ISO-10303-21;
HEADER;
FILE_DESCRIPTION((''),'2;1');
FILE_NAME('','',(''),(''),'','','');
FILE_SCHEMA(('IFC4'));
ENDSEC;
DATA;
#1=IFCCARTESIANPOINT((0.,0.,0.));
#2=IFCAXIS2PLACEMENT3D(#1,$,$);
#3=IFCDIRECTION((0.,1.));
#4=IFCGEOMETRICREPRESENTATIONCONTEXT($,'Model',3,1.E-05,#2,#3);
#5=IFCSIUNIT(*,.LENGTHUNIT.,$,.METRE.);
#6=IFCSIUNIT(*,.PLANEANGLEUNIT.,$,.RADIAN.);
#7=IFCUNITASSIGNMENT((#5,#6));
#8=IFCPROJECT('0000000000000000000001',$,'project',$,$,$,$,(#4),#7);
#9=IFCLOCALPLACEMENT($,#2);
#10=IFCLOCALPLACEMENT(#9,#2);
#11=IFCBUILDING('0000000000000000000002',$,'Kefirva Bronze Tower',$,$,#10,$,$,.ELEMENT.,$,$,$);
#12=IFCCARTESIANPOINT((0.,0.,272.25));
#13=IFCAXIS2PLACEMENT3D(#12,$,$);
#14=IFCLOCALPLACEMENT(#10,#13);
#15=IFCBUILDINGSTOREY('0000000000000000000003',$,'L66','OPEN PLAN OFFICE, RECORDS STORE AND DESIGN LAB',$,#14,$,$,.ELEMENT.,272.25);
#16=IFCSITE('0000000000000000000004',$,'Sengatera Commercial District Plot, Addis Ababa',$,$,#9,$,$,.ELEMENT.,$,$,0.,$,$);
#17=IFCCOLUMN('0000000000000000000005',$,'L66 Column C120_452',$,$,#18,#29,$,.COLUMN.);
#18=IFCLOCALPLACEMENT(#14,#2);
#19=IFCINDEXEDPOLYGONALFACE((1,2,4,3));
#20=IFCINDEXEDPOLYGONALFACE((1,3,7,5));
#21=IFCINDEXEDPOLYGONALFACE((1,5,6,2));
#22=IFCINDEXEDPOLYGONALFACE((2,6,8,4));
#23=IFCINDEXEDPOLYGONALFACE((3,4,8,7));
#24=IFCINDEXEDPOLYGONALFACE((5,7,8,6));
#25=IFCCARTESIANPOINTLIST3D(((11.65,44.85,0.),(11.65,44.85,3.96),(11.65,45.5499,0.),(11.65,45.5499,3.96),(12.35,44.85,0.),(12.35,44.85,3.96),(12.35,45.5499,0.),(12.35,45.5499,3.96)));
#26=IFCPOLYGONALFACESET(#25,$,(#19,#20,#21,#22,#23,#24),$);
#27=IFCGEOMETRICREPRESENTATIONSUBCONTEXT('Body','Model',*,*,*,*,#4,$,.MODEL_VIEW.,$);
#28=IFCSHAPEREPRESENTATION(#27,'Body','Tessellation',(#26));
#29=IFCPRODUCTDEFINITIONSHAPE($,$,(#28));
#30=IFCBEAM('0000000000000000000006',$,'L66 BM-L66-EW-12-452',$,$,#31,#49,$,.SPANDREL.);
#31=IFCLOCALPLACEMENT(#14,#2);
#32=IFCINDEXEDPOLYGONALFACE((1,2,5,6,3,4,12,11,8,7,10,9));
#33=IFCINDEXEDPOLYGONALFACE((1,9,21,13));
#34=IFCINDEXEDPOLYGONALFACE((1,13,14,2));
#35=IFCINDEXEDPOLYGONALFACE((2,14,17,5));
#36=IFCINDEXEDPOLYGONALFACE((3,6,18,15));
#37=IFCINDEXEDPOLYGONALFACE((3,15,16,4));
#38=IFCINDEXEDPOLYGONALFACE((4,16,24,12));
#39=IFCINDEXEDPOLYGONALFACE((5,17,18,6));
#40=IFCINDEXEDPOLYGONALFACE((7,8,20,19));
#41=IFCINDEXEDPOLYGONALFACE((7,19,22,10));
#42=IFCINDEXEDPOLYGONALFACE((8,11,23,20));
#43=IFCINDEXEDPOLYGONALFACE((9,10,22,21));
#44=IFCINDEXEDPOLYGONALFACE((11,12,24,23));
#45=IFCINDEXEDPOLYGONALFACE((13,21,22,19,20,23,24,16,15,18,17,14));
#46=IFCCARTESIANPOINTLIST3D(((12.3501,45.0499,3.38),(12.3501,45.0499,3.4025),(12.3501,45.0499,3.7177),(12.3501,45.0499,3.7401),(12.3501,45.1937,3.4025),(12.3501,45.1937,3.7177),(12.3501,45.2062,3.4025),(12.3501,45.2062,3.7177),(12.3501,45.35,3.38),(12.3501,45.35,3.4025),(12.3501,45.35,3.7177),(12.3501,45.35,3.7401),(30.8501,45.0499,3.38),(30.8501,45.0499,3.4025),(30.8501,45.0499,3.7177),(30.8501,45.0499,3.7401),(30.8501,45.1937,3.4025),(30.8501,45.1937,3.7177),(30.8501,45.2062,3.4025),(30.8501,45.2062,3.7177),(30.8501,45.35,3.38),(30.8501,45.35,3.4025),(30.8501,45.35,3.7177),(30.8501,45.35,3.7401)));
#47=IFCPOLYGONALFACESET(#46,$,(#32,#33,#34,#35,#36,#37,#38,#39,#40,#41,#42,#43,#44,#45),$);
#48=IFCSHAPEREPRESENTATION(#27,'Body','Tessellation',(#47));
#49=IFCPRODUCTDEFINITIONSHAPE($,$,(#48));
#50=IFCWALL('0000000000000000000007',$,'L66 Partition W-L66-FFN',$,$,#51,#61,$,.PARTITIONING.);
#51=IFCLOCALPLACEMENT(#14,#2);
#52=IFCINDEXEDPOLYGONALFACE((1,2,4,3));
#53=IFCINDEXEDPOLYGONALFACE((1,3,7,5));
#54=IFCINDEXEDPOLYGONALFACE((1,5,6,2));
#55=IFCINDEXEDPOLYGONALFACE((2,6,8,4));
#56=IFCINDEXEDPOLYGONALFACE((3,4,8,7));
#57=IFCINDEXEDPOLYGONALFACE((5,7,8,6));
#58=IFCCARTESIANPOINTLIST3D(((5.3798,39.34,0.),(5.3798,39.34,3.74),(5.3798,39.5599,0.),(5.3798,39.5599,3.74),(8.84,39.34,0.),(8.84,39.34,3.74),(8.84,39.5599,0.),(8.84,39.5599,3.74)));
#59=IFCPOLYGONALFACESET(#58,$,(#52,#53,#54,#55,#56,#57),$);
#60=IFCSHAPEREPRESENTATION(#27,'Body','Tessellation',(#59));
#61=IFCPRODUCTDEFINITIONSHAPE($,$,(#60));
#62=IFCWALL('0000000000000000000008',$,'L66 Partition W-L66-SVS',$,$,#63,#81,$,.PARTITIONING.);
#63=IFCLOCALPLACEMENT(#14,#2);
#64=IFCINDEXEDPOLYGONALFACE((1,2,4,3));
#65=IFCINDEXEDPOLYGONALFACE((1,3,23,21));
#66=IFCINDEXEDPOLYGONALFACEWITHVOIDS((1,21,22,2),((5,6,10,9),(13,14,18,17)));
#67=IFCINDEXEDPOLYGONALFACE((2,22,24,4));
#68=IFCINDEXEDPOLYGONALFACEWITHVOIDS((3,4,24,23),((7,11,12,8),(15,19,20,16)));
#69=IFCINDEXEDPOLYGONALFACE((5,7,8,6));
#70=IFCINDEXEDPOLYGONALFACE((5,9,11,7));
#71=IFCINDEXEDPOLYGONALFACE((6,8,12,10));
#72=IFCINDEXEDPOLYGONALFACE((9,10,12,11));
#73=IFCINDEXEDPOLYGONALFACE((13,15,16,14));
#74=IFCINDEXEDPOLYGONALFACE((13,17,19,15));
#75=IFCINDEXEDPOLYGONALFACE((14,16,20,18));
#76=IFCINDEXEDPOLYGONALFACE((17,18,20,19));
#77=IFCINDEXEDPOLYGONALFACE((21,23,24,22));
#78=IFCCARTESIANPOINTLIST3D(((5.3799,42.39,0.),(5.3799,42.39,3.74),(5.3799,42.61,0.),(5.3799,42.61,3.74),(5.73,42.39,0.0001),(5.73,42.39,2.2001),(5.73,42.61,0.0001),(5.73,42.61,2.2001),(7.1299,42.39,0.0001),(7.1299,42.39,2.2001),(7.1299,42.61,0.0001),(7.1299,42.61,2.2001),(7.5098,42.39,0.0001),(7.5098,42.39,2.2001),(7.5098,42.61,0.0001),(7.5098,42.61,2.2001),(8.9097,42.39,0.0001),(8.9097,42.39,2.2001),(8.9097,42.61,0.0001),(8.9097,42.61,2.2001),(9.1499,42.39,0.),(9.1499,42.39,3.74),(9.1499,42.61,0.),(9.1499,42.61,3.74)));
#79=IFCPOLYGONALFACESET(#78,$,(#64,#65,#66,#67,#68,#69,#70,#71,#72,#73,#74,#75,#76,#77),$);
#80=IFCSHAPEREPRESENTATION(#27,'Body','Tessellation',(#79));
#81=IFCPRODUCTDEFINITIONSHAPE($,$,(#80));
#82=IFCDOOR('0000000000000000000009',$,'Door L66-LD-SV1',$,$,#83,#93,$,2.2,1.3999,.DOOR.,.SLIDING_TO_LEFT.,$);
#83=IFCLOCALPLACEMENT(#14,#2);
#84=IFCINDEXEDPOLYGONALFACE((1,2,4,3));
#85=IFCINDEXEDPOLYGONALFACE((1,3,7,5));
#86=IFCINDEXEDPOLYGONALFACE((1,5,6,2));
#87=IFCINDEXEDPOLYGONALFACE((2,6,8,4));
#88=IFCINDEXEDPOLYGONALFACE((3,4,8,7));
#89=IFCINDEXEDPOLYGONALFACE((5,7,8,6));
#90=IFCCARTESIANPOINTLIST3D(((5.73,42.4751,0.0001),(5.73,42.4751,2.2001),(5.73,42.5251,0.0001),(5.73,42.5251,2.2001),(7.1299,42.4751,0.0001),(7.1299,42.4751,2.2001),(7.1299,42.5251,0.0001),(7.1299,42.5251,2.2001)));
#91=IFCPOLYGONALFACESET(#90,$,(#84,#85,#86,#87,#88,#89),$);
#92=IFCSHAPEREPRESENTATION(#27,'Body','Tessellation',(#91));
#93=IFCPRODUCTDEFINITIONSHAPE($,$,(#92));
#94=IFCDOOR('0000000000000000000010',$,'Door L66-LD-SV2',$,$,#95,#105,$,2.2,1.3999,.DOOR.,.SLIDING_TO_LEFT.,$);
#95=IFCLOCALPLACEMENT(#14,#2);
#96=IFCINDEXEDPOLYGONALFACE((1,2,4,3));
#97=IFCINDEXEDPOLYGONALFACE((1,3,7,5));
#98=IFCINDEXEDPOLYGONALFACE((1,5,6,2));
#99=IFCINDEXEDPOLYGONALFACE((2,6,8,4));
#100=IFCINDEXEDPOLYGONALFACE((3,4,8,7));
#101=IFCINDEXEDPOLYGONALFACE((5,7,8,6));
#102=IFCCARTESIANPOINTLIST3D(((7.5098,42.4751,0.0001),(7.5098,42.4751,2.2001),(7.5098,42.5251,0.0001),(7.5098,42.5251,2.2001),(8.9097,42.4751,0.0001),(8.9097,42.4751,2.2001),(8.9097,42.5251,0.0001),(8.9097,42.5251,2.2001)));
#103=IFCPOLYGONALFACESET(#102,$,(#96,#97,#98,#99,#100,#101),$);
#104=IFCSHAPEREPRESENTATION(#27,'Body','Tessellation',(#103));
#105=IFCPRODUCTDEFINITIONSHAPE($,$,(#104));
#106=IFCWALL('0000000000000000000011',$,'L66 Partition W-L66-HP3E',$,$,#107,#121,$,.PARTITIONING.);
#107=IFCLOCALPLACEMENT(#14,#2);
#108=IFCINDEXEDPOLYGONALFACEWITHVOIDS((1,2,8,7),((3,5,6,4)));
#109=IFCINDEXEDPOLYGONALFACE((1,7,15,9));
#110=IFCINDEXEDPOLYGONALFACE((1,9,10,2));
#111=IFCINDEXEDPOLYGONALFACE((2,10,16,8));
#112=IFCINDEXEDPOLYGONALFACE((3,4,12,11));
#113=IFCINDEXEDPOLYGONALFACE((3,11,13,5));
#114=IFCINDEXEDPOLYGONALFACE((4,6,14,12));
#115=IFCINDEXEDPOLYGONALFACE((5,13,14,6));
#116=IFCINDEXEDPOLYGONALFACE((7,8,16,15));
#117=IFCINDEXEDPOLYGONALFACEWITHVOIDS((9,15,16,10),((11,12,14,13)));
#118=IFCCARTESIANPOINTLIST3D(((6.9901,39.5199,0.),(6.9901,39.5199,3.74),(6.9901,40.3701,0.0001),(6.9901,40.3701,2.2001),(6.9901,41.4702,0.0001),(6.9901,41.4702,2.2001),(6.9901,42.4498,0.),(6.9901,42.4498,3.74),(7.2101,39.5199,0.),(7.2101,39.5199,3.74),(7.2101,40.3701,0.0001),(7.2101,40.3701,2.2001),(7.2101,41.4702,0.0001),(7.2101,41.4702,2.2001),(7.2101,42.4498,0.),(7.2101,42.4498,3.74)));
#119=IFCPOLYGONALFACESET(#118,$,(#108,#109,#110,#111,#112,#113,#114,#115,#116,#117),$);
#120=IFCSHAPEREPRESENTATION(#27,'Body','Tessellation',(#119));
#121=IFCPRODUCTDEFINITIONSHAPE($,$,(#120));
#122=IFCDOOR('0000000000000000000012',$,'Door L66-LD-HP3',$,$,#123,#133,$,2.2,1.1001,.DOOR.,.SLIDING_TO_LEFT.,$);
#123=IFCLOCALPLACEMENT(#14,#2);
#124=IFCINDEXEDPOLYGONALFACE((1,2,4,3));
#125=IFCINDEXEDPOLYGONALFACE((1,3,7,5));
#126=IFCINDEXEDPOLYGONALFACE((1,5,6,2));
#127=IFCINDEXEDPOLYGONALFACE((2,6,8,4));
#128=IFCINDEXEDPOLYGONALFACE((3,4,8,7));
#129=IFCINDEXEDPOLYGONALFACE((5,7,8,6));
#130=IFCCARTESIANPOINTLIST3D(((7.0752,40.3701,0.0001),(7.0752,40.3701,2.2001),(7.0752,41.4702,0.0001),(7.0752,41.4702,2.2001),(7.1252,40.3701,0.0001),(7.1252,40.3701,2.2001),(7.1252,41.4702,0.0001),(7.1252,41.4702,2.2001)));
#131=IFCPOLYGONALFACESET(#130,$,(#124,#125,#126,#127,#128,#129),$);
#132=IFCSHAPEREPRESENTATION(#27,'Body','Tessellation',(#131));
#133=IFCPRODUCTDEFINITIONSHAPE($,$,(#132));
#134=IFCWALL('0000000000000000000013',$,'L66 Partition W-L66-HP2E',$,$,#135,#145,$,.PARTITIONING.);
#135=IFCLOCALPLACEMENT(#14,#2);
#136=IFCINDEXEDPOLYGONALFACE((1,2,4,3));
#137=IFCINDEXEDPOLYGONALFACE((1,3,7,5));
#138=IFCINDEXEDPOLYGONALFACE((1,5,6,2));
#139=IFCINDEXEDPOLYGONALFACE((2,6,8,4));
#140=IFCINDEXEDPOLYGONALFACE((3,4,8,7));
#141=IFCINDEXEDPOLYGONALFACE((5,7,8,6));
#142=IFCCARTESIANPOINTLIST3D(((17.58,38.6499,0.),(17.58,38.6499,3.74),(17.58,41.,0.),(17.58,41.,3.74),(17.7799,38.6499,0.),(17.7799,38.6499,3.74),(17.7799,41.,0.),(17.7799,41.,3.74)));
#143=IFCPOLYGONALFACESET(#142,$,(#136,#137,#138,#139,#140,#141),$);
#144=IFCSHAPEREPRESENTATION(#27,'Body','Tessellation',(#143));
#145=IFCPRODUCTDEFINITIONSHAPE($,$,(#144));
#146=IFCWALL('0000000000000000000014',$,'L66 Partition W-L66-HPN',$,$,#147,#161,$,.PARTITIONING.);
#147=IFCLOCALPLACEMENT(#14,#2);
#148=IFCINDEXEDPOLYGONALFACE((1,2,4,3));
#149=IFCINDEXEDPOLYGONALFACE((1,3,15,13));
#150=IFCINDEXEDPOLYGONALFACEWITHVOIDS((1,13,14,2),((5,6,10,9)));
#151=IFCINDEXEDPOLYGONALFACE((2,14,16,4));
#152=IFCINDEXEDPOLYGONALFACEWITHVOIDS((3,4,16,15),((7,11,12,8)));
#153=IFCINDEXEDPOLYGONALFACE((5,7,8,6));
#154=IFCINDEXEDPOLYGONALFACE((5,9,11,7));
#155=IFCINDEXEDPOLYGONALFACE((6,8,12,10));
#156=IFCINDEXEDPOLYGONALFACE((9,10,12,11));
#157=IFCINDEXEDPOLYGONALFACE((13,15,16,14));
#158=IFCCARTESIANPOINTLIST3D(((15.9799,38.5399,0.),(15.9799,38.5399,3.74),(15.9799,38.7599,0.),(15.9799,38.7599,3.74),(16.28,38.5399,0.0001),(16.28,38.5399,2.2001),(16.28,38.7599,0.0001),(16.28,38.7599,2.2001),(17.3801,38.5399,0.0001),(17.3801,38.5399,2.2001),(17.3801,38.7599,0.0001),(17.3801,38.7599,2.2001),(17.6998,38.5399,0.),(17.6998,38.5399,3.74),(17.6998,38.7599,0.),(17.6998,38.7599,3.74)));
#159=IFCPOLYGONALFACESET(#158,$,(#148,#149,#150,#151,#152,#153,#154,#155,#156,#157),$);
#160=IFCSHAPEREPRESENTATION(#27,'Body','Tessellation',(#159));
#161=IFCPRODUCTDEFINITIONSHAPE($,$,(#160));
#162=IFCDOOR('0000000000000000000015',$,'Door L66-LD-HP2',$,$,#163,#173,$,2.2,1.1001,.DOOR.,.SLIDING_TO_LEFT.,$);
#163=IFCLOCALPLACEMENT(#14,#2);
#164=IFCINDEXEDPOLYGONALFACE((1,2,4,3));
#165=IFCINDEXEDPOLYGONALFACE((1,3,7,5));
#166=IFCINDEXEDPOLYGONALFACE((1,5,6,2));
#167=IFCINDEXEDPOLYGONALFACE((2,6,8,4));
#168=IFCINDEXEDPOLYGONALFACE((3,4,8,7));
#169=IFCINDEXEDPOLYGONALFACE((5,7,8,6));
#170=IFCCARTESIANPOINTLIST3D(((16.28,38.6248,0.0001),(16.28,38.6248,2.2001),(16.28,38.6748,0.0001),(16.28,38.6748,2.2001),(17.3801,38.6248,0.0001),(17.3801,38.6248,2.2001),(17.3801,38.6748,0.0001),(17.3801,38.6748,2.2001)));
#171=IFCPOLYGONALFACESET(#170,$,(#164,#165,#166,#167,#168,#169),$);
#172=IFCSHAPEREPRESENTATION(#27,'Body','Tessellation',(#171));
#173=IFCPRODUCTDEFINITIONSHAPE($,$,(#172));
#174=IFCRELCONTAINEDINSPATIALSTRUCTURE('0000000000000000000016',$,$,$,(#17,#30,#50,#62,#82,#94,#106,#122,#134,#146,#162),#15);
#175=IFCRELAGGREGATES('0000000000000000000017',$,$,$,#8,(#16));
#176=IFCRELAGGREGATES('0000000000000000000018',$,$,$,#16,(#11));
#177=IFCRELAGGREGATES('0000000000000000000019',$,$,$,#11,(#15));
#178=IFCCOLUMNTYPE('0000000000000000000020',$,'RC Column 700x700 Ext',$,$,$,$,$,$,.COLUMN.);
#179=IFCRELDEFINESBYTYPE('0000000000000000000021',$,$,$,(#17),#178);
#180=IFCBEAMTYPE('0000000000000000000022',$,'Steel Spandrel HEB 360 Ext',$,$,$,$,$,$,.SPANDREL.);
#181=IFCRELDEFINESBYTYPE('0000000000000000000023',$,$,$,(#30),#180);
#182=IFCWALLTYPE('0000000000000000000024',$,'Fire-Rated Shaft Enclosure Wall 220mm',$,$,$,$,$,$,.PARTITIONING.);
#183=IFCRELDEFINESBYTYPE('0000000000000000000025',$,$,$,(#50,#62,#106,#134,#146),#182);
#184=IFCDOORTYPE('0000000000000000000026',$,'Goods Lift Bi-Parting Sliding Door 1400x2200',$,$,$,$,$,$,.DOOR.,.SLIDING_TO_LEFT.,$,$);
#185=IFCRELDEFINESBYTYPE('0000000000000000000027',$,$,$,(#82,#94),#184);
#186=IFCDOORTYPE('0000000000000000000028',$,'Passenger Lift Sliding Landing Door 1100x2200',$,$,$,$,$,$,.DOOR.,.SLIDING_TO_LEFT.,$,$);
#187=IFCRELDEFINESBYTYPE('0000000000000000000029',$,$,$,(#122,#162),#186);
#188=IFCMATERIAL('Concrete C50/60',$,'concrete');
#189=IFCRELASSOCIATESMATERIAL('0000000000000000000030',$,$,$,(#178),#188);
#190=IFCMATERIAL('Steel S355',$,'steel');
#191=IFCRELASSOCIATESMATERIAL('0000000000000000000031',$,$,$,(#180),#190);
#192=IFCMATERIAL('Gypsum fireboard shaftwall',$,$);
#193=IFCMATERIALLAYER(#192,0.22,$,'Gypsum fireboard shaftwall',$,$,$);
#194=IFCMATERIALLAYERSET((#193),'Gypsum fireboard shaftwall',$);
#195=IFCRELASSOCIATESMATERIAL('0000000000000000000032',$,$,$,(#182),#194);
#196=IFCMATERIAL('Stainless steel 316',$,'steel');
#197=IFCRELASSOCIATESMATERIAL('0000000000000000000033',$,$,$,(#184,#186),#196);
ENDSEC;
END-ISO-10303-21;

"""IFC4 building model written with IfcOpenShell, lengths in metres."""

from ifc_helpers import new_model, si_unit, direction, frame, frame_2d, origin, origin_2d, place, context, subcontext, project, spatial, rectangle, i_section, extrude, material, layer, layer_set, material_profile, profile_set, type_object, element, fill, save


model = new_model("IFC4")

# Units and contexts
model_context = context("Model", 3, precision=1e-05, world=origin(), true_north=direction((0.0, 1.0)))
body_context = subcontext(model_context, "Body", "Model", "MODEL_VIEW")
ifc_project = project(units=[si_unit("LENGTHUNIT", "METRE"), si_unit("PLANEANGLEUNIT", "RADIAN")], contexts=[model_context])

# Site, building, storey
site_placement = place(None, origin())
site = spatial("IfcSite", under=ifc_project, at=site_placement, Name="Sengatera Commercial District Plot, Addis Ababa", CompositionType="ELEMENT", RefElevation=0.0)
building_placement = place(site_placement, origin())
building = spatial("IfcBuilding", under=site, at=building_placement, Name="Kefirva Bronze Tower", CompositionType="ELEMENT")
storey_placement = place(building_placement, frame((0.0, 0.0, 272.25)))
storey = spatial("IfcBuildingStorey", under=building, at=storey_placement, Name="L66", Description="OPEN PLAN OFFICE, RECORDS STORE AND DESIGN LAB", CompositionType="ELEMENT", Elevation=272.25)

# Column
ifc_material_1 = material(Name="Concrete C50/60", Category="concrete")
ifc_material_profile_1 = material_profile(ifc_material_1, rectangle(XDim=0.7, YDim=0.7, at=origin_2d()), Name="RC 700x700")
ifc_profile_set_1 = profile_set([ifc_material_profile_1], Name="Concrete C50/60")
column_type = type_object("IfcColumnType", Name="RC Column 700x700 Ext", PredefinedType="COLUMN", material=ifc_profile_set_1)
column_placement = place(storey_placement, frame((12.0, 45.2, 0.0), z_axis=(0.0, 0.0, 1.0), x_axis=(1.0, 0.0, 0.0)))
element("IfcColumn", 1, at=column_placement, inside=storey, type_object=column_type, Name="L66 Column C120_452", PredefinedType="COLUMN", context=body_context, shape_type="SweptSolid", body=[
    extrude(rectangle(XDim=0.7, YDim=0.7, at=origin_2d()), origin(), (0.0, 0.0, 1.0), 3.96),
])

# Beam
ifc_material_2 = material(Name="Steel S355", Category="steel")
ifc_material_profile_2 = material_profile(ifc_material_2, i_section(OverallWidth=0.3, OverallDepth=0.3601, WebThickness=0.0125, FlangeThickness=0.0225, at=origin_2d()), Name="HEB 360")
ifc_profile_set_2 = profile_set([ifc_material_profile_2], Name="Steel S355")
beam_type = type_object("IfcBeamType", Name="Steel Spandrel HEB 360 Ext", PredefinedType="SPANDREL", material=ifc_profile_set_2)
beam_placement = place(storey_placement, frame((12.3501, 45.2, 3.5601), z_axis=(1.0, 0.0, 0.0), x_axis=(0.0, 1.0, 0.0)))
element("IfcBeam", 2, at=beam_placement, inside=storey, type_object=beam_type, Name="L66 BM-L66-EW-12-452", PredefinedType="SPANDREL", context=body_context, shape_type="SweptSolid", body=[
    extrude(i_section(OverallWidth=0.3, OverallDepth=0.3601, WebThickness=0.0125, FlangeThickness=0.0225, at=origin_2d()), origin(), (0.0, 0.0, 1.0), 18.5),
])

# Wall
ifc_material_3 = material(Name="Gypsum fireboard shaftwall")
ifc_layer_1 = layer(ifc_material_3, 0.22, Name="Gypsum fireboard shaftwall")
ifc_layer_set_1 = layer_set([ifc_layer_1], Name="Gypsum fireboard shaftwall")
wall_type_1 = type_object("IfcWallType", Name="Fire-Rated Shaft Enclosure Wall 220mm", PredefinedType="PARTITIONING", material=ifc_layer_set_1)
wall_1_placement = place(storey_placement, frame((5.3799, 39.45, 0.0), z_axis=(0.0, 0.0, 1.0), x_axis=(1.0, 0.0, 0.0)))
element("IfcWall", 3, at=wall_1_placement, inside=storey, type_object=wall_type_1, Name="L66 Partition W-L66-FFN", PredefinedType="PARTITIONING", context=body_context, shape_type="SweptSolid", body=[
    extrude(rectangle(XDim=3.4602, YDim=0.22, at=frame_2d((1.73, 0.0))), origin(), (0.0, 0.0, 1.0), 3.74),
])

# Wall, openings, doors
wall_2_placement = place(storey_placement, frame((5.3799, 42.5, 0.0), z_axis=(0.0, 0.0, 1.0), x_axis=(1.0, 0.0, 0.0)))
wall_2 = element("IfcWall", 4, at=wall_2_placement, inside=storey, type_object=wall_type_1, Name="L66 Partition W-L66-SVS", PredefinedType="PARTITIONING", context=body_context, shape_type="SweptSolid", body=[
    extrude(rectangle(XDim=3.77, YDim=0.22, at=frame_2d((1.885, 0.0))), origin(), (0.0, 0.0, 1.0), 3.74),
])
opening_1_placement = place(wall_2_placement, frame((1.75, 0.0, 0.0), z_axis=(0.0, 0.0, 1.0), x_axis=(-1.0, 0.0, 0.0)))
opening_1 = element("IfcOpeningElement", 5, at=opening_1_placement, cuts=wall_2, PredefinedType="OPENING", context=body_context, shape_type="SweptSolid", body=[
    extrude(rectangle(XDim=1.3999, YDim=2.2, at=frame_2d((0.7, 1.1001))), frame((0.0, 0.1201, 0.0), z_axis=(0.0, -1.0, 0.0), x_axis=(1.0, 0.0, 0.0)), (0.0, 0.0, 1.0), 0.24),
])
opening_2_placement = place(wall_2_placement, frame((3.5298, 0.0, 0.0), z_axis=(0.0, 0.0, 1.0), x_axis=(-1.0, 0.0, 0.0)))
opening_2 = element("IfcOpeningElement", 6, at=opening_2_placement, cuts=wall_2, PredefinedType="OPENING", context=body_context, shape_type="SweptSolid", body=[
    extrude(rectangle(XDim=1.3999, YDim=2.2, at=frame_2d((0.7, 1.1001))), frame((0.0, 0.1201, 0.0), z_axis=(0.0, -1.0, 0.0), x_axis=(1.0, 0.0, 0.0)), (0.0, 0.0, 1.0), 0.24),
])
ifc_material_4 = material(Name="Stainless steel 316", Category="steel")
door_type_1 = type_object("IfcDoorType", Name="Goods Lift Bi-Parting Sliding Door 1400x2200", OperationType="SLIDING_TO_LEFT", PredefinedType="DOOR", material=ifc_material_4)
door_1_placement = place(opening_1_placement, origin())
door_1 = element("IfcDoor", 7, at=door_1_placement, inside=storey, type_object=door_type_1, Name="Door L66-LD-SV1", OperationType="SLIDING_TO_LEFT", OverallHeight=2.2, OverallWidth=1.3999, PredefinedType="DOOR", context=body_context, shape_type="SweptSolid", body=[
    extrude(rectangle(XDim=1.3999, YDim=2.2, at=frame_2d((0.7, 1.1001))), frame((0.0, 0.0249, 0.0), z_axis=(0.0, -1.0, 0.0), x_axis=(1.0, 0.0, 0.0)), (0.0, 0.0, 1.0), 0.05),
])
fill(opening_1, door_1)
door_2_placement = place(opening_2_placement, origin())
door_2 = element("IfcDoor", 8, at=door_2_placement, inside=storey, type_object=door_type_1, Name="Door L66-LD-SV2", OperationType="SLIDING_TO_LEFT", OverallHeight=2.2, OverallWidth=1.3999, PredefinedType="DOOR", context=body_context, shape_type="SweptSolid", body=[
    extrude(rectangle(XDim=1.3999, YDim=2.2, at=frame_2d((0.7, 1.1001))), frame((0.0, 0.0249, 0.0), z_axis=(0.0, -1.0, 0.0), x_axis=(1.0, 0.0, 0.0)), (0.0, 0.0, 1.0), 0.05),
])
fill(opening_2, door_2)

# Wall, opening, door
wall_3_placement = place(storey_placement, frame((7.1001, 39.52, 0.0), z_axis=(0.0, 0.0, 1.0), x_axis=(0.0, 1.0, 0.0)))
wall_3 = element("IfcWall", 9, at=wall_3_placement, inside=storey, type_object=wall_type_1, Name="L66 Partition W-L66-HP3E", PredefinedType="PARTITIONING", context=body_context, shape_type="SweptSolid", body=[
    extrude(rectangle(XDim=2.9299, YDim=0.22, at=frame_2d((1.4648, 0.0))), origin(), (0.0, 0.0, 1.0), 3.74),
])
opening_3_placement = place(wall_3_placement, frame((0.8501, 0.0, 0.0)))
opening_3 = element("IfcOpeningElement", 10, at=opening_3_placement, cuts=wall_3, PredefinedType="OPENING", context=body_context, shape_type="SweptSolid", body=[
    extrude(rectangle(XDim=1.1001, YDim=2.2, at=frame_2d((0.55, 1.1001))), frame((0.0, 0.1201, 0.0), z_axis=(0.0, -1.0, 0.0), x_axis=(1.0, 0.0, 0.0)), (0.0, 0.0, 1.0), 0.24),
])
door_type_2 = type_object("IfcDoorType", Name="Passenger Lift Sliding Landing Door 1100x2200", OperationType="SLIDING_TO_LEFT", PredefinedType="DOOR", material=ifc_material_4)
door_3_placement = place(opening_3_placement, origin())
door_3 = element("IfcDoor", 11, at=door_3_placement, inside=storey, type_object=door_type_2, Name="Door L66-LD-HP3", OperationType="SLIDING_TO_LEFT", OverallHeight=2.2, OverallWidth=1.1001, PredefinedType="DOOR", context=body_context, shape_type="SweptSolid", body=[
    extrude(rectangle(XDim=1.1001, YDim=2.2, at=frame_2d((0.55, 1.1001))), frame((0.0, 0.0249, 0.0), z_axis=(0.0, -1.0, 0.0), x_axis=(1.0, 0.0, 0.0)), (0.0, 0.0, 1.0), 0.05),
])
fill(opening_3, door_3)

# Wall
wall_4_placement = place(storey_placement, frame((17.6799, 38.6499, 0.0), z_axis=(0.0, 0.0, 1.0), x_axis=(0.0, 1.0, 0.0)))
element("IfcWall", 12, at=wall_4_placement, inside=storey, type_object=wall_type_1, Name="L66 Partition W-L66-HP2E", PredefinedType="PARTITIONING", context=body_context, shape_type="SweptSolid", body=[
    extrude(rectangle(XDim=2.3501, YDim=0.2, at=frame_2d((1.175, 0.0))), origin(), (0.0, 0.0, 1.0), 3.74),
])

# Wall, opening, door
wall_5_placement = place(storey_placement, frame((15.98, 38.6499, 0.0), z_axis=(0.0, 0.0, 1.0), x_axis=(1.0, 0.0, 0.0)))
wall_5 = element("IfcWall", 13, at=wall_5_placement, inside=storey, type_object=wall_type_1, Name="L66 Partition W-L66-HPN", PredefinedType="PARTITIONING", context=body_context, shape_type="SweptSolid", body=[
    extrude(rectangle(XDim=1.72, YDim=0.22, at=frame_2d((0.8599, 0.0))), origin(), (0.0, 0.0, 1.0), 3.74),
])
opening_4_placement = place(wall_5_placement, frame((0.3, 0.0, 0.0)))
opening_4 = element("IfcOpeningElement", 14, at=opening_4_placement, cuts=wall_5, PredefinedType="OPENING", context=body_context, shape_type="SweptSolid", body=[
    extrude(rectangle(XDim=1.1001, YDim=2.2, at=frame_2d((0.55, 1.1001))), frame((0.0, 0.1201, 0.0), z_axis=(0.0, -1.0, 0.0), x_axis=(1.0, 0.0, 0.0)), (0.0, 0.0, 1.0), 0.24),
])
door_4_placement = place(opening_4_placement, origin())
door_4 = element("IfcDoor", 15, at=door_4_placement, inside=storey, type_object=door_type_2, Name="Door L66-LD-HP2", OperationType="SLIDING_TO_LEFT", OverallHeight=2.2, OverallWidth=1.1001, PredefinedType="DOOR", context=body_context, shape_type="SweptSolid", body=[
    extrude(rectangle(XDim=1.1001, YDim=2.2, at=frame_2d((0.55, 1.1001))), frame((0.0, 0.0249, 0.0), z_axis=(0.0, -1.0, 0.0), x_axis=(1.0, 0.0, 0.0)), (0.0, 0.0, 1.0), 0.05),
])
fill(opening_4, door_4)

save(model, "model.ifc")
